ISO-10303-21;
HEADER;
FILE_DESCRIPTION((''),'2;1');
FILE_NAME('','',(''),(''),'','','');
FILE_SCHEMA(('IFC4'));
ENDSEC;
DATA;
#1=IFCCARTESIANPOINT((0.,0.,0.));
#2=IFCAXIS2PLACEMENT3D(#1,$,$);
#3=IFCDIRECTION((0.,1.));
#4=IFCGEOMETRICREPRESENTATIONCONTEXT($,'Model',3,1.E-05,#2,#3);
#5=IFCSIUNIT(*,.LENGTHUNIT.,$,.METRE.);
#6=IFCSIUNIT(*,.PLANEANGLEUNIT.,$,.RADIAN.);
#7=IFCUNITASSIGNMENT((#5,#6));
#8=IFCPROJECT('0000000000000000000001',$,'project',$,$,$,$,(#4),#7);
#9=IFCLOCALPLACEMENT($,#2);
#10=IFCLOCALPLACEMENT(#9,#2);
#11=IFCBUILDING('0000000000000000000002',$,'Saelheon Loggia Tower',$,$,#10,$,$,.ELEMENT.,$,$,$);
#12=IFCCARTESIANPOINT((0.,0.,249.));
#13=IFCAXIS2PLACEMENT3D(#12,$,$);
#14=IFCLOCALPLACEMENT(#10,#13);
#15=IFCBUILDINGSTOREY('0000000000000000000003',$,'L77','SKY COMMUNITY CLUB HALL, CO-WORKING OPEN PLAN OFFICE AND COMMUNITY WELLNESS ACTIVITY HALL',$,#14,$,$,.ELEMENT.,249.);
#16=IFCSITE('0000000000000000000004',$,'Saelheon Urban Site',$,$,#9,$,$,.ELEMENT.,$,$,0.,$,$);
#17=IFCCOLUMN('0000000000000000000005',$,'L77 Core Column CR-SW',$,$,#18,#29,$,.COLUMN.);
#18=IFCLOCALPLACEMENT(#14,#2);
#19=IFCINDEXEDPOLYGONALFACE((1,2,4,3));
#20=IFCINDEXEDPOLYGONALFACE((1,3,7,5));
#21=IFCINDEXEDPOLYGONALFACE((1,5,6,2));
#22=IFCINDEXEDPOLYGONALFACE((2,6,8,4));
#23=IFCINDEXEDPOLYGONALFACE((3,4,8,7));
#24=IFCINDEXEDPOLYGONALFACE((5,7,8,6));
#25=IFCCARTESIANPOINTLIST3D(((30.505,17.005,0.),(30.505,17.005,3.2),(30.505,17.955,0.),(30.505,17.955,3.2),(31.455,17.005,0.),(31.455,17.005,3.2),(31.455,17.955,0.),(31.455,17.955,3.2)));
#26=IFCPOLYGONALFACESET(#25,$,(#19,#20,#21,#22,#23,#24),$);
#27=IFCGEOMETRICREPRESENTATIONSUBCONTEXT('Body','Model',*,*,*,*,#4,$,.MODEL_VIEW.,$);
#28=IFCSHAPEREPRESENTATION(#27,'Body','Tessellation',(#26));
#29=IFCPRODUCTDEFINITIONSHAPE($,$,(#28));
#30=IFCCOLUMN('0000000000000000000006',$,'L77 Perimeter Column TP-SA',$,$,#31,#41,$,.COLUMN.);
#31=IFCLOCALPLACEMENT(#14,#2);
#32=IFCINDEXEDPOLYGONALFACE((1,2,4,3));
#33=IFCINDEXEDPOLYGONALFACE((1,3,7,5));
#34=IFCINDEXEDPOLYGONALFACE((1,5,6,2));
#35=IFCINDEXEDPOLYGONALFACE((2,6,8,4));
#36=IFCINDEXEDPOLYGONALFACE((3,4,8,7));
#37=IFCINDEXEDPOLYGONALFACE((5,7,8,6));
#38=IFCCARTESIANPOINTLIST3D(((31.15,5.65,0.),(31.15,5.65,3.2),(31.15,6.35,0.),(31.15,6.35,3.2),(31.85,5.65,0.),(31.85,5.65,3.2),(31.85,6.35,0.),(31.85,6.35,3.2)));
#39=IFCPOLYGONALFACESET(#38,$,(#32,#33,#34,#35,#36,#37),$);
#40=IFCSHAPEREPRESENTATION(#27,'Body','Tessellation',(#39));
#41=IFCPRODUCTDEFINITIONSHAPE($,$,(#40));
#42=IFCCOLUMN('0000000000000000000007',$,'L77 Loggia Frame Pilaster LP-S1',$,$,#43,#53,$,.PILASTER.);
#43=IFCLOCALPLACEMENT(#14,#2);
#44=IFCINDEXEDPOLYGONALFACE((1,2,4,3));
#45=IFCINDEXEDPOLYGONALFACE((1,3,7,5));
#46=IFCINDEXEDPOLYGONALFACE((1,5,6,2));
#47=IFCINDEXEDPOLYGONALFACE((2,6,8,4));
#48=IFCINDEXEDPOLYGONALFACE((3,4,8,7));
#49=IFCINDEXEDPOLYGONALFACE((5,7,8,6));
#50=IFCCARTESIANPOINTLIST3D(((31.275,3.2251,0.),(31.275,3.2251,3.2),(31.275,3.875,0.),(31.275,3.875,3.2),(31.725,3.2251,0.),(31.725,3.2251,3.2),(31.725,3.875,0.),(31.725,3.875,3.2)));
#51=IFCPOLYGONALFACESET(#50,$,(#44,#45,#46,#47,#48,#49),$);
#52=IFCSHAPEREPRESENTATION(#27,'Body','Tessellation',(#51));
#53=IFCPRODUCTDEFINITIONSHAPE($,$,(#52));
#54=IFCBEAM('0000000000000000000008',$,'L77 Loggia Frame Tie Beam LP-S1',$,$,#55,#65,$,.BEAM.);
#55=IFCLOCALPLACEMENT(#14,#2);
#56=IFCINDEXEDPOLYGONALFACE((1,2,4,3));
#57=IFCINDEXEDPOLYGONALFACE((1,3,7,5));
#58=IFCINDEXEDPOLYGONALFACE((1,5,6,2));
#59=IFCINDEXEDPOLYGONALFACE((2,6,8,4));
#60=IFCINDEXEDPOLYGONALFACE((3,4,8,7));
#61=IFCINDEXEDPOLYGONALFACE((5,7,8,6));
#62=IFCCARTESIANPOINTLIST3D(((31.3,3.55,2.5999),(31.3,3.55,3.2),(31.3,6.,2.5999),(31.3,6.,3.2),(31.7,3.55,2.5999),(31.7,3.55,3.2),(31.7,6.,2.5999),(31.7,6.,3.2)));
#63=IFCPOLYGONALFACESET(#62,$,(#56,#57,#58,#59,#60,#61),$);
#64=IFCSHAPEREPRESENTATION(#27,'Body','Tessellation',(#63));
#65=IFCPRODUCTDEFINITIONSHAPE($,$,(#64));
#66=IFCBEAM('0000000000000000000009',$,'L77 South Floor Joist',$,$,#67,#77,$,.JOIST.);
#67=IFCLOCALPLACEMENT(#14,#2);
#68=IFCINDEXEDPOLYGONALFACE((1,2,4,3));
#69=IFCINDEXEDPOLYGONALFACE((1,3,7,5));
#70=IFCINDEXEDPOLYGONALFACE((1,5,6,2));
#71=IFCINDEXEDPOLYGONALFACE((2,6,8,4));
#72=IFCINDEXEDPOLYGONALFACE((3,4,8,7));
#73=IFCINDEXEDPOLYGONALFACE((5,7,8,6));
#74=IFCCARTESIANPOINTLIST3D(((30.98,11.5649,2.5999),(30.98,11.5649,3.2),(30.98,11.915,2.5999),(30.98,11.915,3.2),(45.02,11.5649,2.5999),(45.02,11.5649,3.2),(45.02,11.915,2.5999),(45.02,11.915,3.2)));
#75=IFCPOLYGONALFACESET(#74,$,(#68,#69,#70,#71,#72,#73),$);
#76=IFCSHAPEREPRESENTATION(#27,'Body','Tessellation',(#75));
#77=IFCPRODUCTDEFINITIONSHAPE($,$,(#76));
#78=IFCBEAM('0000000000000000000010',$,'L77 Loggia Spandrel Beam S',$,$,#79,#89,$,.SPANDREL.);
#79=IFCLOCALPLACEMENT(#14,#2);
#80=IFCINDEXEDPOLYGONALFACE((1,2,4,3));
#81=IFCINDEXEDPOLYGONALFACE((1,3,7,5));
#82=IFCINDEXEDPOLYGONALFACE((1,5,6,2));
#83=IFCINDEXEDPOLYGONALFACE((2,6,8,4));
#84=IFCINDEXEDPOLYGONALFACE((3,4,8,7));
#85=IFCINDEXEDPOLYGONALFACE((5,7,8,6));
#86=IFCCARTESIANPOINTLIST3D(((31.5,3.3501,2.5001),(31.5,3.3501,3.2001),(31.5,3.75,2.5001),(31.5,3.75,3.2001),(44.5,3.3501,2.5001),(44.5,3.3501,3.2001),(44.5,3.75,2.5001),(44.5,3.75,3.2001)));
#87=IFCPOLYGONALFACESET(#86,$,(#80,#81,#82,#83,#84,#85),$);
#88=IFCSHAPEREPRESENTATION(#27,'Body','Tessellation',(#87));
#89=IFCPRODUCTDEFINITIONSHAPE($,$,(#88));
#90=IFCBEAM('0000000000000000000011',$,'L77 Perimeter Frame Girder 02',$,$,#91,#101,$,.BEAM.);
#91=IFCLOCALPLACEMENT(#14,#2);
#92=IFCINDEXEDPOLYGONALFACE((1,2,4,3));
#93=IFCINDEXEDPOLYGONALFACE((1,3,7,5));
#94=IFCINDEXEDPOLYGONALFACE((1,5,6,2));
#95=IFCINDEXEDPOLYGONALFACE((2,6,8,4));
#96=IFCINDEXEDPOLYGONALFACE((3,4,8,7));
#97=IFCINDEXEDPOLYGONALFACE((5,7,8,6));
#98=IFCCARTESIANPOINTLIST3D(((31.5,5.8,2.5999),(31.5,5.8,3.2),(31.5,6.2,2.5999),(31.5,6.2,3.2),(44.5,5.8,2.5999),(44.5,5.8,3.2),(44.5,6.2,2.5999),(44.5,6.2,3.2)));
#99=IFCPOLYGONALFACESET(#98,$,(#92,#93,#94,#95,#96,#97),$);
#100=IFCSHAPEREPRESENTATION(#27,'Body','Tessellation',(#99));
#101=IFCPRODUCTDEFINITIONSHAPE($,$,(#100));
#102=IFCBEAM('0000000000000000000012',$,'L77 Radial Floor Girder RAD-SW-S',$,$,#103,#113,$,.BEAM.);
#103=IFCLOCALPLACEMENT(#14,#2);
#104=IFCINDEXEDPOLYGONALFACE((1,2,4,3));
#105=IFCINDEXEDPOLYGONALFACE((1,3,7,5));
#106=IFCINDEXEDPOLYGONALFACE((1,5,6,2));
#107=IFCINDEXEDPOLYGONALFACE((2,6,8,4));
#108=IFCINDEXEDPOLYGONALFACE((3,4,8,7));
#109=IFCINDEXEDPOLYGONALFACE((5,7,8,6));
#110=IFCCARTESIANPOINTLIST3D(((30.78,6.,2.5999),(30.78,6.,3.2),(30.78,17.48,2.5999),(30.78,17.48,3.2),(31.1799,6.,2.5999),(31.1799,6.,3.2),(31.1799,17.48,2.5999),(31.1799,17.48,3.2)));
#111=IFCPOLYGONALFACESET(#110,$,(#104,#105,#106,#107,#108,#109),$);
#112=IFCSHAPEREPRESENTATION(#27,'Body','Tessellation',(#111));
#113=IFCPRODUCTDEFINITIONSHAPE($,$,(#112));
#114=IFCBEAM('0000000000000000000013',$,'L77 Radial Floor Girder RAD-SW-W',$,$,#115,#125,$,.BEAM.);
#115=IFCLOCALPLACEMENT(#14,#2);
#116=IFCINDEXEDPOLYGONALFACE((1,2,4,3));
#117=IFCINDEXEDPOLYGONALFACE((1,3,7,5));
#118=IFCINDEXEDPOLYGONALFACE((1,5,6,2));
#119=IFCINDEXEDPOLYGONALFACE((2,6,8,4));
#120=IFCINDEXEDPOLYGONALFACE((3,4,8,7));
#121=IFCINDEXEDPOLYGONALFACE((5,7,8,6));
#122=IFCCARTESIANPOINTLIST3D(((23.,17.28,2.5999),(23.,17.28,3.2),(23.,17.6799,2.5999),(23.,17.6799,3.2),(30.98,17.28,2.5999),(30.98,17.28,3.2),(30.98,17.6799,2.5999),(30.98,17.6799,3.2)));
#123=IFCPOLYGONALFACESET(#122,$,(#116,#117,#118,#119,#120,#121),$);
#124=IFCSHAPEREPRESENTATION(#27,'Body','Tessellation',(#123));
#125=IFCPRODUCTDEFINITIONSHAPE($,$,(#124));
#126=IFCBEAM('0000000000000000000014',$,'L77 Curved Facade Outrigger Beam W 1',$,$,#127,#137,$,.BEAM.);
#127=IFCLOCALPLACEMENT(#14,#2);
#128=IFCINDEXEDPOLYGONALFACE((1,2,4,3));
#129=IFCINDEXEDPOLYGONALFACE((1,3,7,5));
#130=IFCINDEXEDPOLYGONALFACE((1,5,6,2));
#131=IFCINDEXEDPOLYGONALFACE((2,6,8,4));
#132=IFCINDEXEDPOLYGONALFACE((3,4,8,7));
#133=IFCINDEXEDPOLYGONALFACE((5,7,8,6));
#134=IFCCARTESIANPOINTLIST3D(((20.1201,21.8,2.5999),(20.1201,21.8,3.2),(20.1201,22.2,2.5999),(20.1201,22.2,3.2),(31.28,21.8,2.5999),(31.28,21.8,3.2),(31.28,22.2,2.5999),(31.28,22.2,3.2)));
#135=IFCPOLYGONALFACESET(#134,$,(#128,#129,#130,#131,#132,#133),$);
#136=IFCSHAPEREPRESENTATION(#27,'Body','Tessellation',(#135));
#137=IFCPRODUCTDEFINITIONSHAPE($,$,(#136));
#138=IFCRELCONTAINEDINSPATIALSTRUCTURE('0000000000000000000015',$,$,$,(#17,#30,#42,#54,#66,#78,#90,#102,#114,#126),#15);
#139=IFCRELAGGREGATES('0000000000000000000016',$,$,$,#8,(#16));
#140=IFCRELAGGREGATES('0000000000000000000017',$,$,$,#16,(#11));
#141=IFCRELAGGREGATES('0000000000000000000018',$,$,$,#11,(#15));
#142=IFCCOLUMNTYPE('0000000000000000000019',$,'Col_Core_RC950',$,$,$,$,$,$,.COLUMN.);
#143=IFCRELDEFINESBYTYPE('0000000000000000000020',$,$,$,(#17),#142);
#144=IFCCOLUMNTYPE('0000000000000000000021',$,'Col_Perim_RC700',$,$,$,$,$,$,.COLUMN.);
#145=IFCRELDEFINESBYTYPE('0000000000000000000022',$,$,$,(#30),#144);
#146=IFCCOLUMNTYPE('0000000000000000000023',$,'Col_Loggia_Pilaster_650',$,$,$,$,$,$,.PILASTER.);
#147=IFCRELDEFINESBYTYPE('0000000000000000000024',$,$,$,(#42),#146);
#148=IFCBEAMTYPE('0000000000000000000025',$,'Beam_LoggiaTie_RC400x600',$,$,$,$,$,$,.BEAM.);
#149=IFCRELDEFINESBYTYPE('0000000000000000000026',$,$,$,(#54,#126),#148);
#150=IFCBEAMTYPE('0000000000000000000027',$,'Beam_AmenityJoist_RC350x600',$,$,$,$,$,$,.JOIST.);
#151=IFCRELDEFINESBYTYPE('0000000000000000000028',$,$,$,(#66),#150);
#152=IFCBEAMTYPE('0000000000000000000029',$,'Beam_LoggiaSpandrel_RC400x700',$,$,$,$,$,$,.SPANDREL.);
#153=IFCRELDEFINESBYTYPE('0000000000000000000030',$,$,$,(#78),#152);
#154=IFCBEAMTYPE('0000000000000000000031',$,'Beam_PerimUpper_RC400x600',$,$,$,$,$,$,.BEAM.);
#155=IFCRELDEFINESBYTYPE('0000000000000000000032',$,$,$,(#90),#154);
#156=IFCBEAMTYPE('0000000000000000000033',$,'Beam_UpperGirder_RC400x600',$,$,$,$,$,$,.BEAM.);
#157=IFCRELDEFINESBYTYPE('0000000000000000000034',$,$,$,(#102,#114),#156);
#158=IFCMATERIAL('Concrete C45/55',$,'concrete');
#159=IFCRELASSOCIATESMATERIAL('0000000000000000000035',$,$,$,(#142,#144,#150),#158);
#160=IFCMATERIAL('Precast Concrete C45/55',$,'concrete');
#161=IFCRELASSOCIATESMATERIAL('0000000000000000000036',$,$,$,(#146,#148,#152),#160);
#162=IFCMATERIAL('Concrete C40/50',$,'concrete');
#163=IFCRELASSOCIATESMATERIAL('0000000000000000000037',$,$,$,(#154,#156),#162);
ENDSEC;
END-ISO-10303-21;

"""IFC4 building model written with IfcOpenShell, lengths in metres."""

from ifc_helpers import new_model, si_unit, direction, frame, origin, origin_2d, place, context, subcontext, project, spatial, rectangle, extrude, source, transform, mapped, material, material_profile, profile_set, type_object, element, save


model = new_model("IFC4")

# Units and contexts
model_context = context("Model", 3, precision=1e-05, world=origin(), true_north=direction((0.0, 1.0)))
body_context = subcontext(model_context, "Body", "Model", "MODEL_VIEW")
ifc_project = project(units=[si_unit("LENGTHUNIT", "METRE"), si_unit("PLANEANGLEUNIT", "RADIAN")], contexts=[model_context])

# Site, building, storey
site_placement = place(None, origin())
site = spatial("IfcSite", under=ifc_project, at=site_placement, Name="Saelheon Urban Site", CompositionType="ELEMENT", RefElevation=0.0)
building_placement = place(site_placement, origin())
building = spatial("IfcBuilding", under=site, at=building_placement, Name="Saelheon Loggia Tower", CompositionType="ELEMENT")
storey_placement = place(building_placement, frame((0.0, 0.0, 249.0)))
storey = spatial("IfcBuildingStorey", under=building, at=storey_placement, Name="L77", Description="SKY COMMUNITY CLUB HALL, CO-WORKING OPEN PLAN OFFICE AND COMMUNITY WELLNESS ACTIVITY HALL", CompositionType="ELEMENT", Elevation=249.0)

# Columns
ifc_material_1 = material(Name="Concrete C45/55", Category="concrete")
ifc_material_profile_1 = material_profile(ifc_material_1, rectangle(XDim=0.95, YDim=0.95, at=origin_2d()), Name="RC-950x950")
ifc_profile_set_1 = profile_set([ifc_material_profile_1], Name="Concrete C45/55")
column_type_1 = type_object("IfcColumnType", Name="Col_Core_RC950", PredefinedType="COLUMN", material=ifc_profile_set_1)
shared_shape_1 = source(origin(), body_context, "Body", "SweptSolid", [
    extrude(rectangle(XDim=0.95, YDim=0.95, at=origin_2d()), origin(), (0.0, 0.0, 1.0), 3.2),
])
column_1_placement = place(storey_placement, frame((30.98, 17.48, 0.0), z_axis=(0.0, 0.0, 1.0), x_axis=(1.0, 0.0, 0.0)))
element("IfcColumn", 1, at=column_1_placement, inside=storey, type_object=column_type_1, Name="L77 Core Column CR-SW", PredefinedType="COLUMN", context=body_context, shape_type="MappedRepresentation", body=[
    mapped(shared_shape_1, transform((0.0, 0.0, 0.0), scale=1.0)),
])
ifc_material_profile_2 = material_profile(ifc_material_1, rectangle(XDim=0.7, YDim=0.7, at=origin_2d()), Name="RC-700x700")
ifc_profile_set_2 = profile_set([ifc_material_profile_2], Name="Concrete C45/55")
column_type_2 = type_object("IfcColumnType", Name="Col_Perim_RC700", PredefinedType="COLUMN", material=ifc_profile_set_2)
shared_shape_2 = source(origin(), body_context, "Body", "SweptSolid", [
    extrude(rectangle(XDim=0.7, YDim=0.7, at=origin_2d()), origin(), (0.0, 0.0, 1.0), 3.2),
])
column_2_placement = place(storey_placement, frame((31.5, 6.0, 0.0), z_axis=(0.0, 0.0, 1.0), x_axis=(1.0, 0.0, 0.0)))
element("IfcColumn", 2, at=column_2_placement, inside=storey, type_object=column_type_2, Name="L77 Perimeter Column TP-SA", PredefinedType="COLUMN", context=body_context, shape_type="MappedRepresentation", body=[
    mapped(shared_shape_2, transform((0.0, 0.0, 0.0), scale=1.0)),
])
ifc_material_2 = material(Name="Precast Concrete C45/55", Category="concrete")
ifc_material_profile_3 = material_profile(ifc_material_2, rectangle(XDim=0.45, YDim=0.6499, at=origin_2d()), Name="RC-450x650")
ifc_profile_set_3 = profile_set([ifc_material_profile_3], Name="Precast Concrete C45/55")
column_type_3 = type_object("IfcColumnType", Name="Col_Loggia_Pilaster_650", PredefinedType="PILASTER", material=ifc_profile_set_3)
shared_shape_3 = source(origin(), body_context, "Body", "SweptSolid", [
    extrude(rectangle(XDim=0.45, YDim=0.6499, at=origin_2d()), origin(), (0.0, 0.0, 1.0), 3.2),
])
column_3_placement = place(storey_placement, frame((31.5, 3.55, 0.0), z_axis=(0.0, 0.0, 1.0), x_axis=(1.0, 0.0, 0.0)))
element("IfcColumn", 3, at=column_3_placement, inside=storey, type_object=column_type_3, Name="L77 Loggia Frame Pilaster LP-S1", PredefinedType="PILASTER", context=body_context, shape_type="MappedRepresentation", body=[
    mapped(shared_shape_3, transform((0.0, 0.0, 0.0), scale=1.0)),
])

# Beams
ifc_material_profile_4 = material_profile(ifc_material_2, rectangle(XDim=0.3999, YDim=0.6001, at=origin_2d()), Name="RC-400x600")
ifc_profile_set_4 = profile_set([ifc_material_profile_4], Name="Precast Concrete C45/55")
beam_type_1 = type_object("IfcBeamType", Name="Beam_LoggiaTie_RC400x600", PredefinedType="BEAM", material=ifc_profile_set_4)
shared_shape_4 = source(origin(), body_context, "Body", "SweptSolid", [
    extrude(rectangle(XDim=0.3999, YDim=0.6001, at=origin_2d()), origin(), (0.0, 0.0, 1.0), 2.45),
])
beam_1_placement = place(storey_placement, frame((31.5, 6.0, 2.8999), z_axis=(0.0, -1.0, 0.0), x_axis=(1.0, 0.0, 0.0)))
element("IfcBeam", 4, at=beam_1_placement, inside=storey, type_object=beam_type_1, Name="L77 Loggia Frame Tie Beam LP-S1", PredefinedType="BEAM", context=body_context, shape_type="MappedRepresentation", body=[
    mapped(shared_shape_4, transform((0.0, 0.0, 0.0), scale=1.0)),
])
ifc_material_profile_5 = material_profile(ifc_material_1, rectangle(XDim=0.3501, YDim=0.6001, at=origin_2d()), Name="RC-350x600")
ifc_profile_set_5 = profile_set([ifc_material_profile_5], Name="Concrete C45/55")
beam_type_2 = type_object("IfcBeamType", Name="Beam_AmenityJoist_RC350x600", PredefinedType="JOIST", material=ifc_profile_set_5)
shared_shape_5 = source(origin(), body_context, "Body", "SweptSolid", [
    extrude(rectangle(XDim=0.3501, YDim=0.6001, at=origin_2d()), origin(), (0.0, 0.0, 1.0), 14.04),
])
beam_2_placement = place(storey_placement, frame((30.98, 11.74, 2.8999), z_axis=(1.0, 0.0, 0.0), x_axis=(0.0, 1.0, 0.0)))
element("IfcBeam", 5, at=beam_2_placement, inside=storey, type_object=beam_type_2, Name="L77 South Floor Joist", PredefinedType="JOIST", context=body_context, shape_type="MappedRepresentation", body=[
    mapped(shared_shape_5, transform((0.0, 0.0, 0.0), scale=1.0)),
])
ifc_material_profile_6 = material_profile(ifc_material_2, rectangle(XDim=0.3999, YDim=0.7, at=origin_2d()), Name="RC-400x700")
ifc_profile_set_6 = profile_set([ifc_material_profile_6], Name="Precast Concrete C45/55")
beam_type_3 = type_object("IfcBeamType", Name="Beam_LoggiaSpandrel_RC400x700", PredefinedType="SPANDREL", material=ifc_profile_set_6)
shared_shape_6 = source(origin(), body_context, "Body", "SweptSolid", [
    extrude(rectangle(XDim=0.3999, YDim=0.7, at=origin_2d()), origin(), (0.0, 0.0, 1.0), 13.0),
])
beam_3_placement = place(storey_placement, frame((31.5, 3.55, 2.8501), z_axis=(1.0, 0.0, 0.0), x_axis=(0.0, 1.0, 0.0)))
element("IfcBeam", 6, at=beam_3_placement, inside=storey, type_object=beam_type_3, Name="L77 Loggia Spandrel Beam S", PredefinedType="SPANDREL", context=body_context, shape_type="MappedRepresentation", body=[
    mapped(shared_shape_6, transform((0.0, 0.0, 0.0), scale=1.0)),
])
ifc_material_3 = material(Name="Concrete C40/50", Category="concrete")
ifc_material_profile_7 = material_profile(ifc_material_3, rectangle(XDim=0.3999, YDim=0.6001, at=origin_2d()), Name="RC-400x600")
ifc_profile_set_7 = profile_set([ifc_material_profile_7], Name="Concrete C40/50")
beam_type_4 = type_object("IfcBeamType", Name="Beam_PerimUpper_RC400x600", PredefinedType="BEAM", material=ifc_profile_set_7)
shared_shape_7 = source(origin(), body_context, "Body", "SweptSolid", [
    extrude(rectangle(XDim=0.3999, YDim=0.6001, at=origin_2d()), origin(), (0.0, 0.0, 1.0), 13.0),
])
beam_4_placement = place(storey_placement, frame((31.5, 6.0, 2.8999), z_axis=(1.0, 0.0, 0.0), x_axis=(0.0, 1.0, 0.0)))
element("IfcBeam", 7, at=beam_4_placement, inside=storey, type_object=beam_type_4, Name="L77 Perimeter Frame Girder 02", PredefinedType="BEAM", context=body_context, shape_type="MappedRepresentation", body=[
    mapped(shared_shape_7, transform((0.0, 0.0, 0.0), scale=1.0)),
])
ifc_material_profile_8 = material_profile(ifc_material_3, rectangle(XDim=0.3999, YDim=0.6001, at=origin_2d()), Name="RC-400x600")
ifc_profile_set_8 = profile_set([ifc_material_profile_8], Name="Concrete C40/50")
beam_type_5 = type_object("IfcBeamType", Name="Beam_UpperGirder_RC400x600", PredefinedType="BEAM", material=ifc_profile_set_8)
shared_shape_8 = source(origin(), body_context, "Body", "SweptSolid", [
    extrude(rectangle(XDim=0.3999, YDim=0.6001, at=origin_2d()), origin(), (0.0, 0.0, 1.0), 11.48),
])
beam_5_placement = place(storey_placement, frame((30.98, 17.48, 2.8999), z_axis=(0.0, -1.0, 0.0), x_axis=(1.0, 0.0, 0.0)))
element("IfcBeam", 8, at=beam_5_placement, inside=storey, type_object=beam_type_5, Name="L77 Radial Floor Girder RAD-SW-S", PredefinedType="BEAM", context=body_context, shape_type="MappedRepresentation", body=[
    mapped(shared_shape_8, transform((0.0, 0.0, 0.0), scale=1.0)),
])
shared_shape_9 = source(origin(), body_context, "Body", "SweptSolid", [
    extrude(rectangle(XDim=0.3999, YDim=0.6001, at=origin_2d()), origin(), (0.0, 0.0, 1.0), 7.98),
])
beam_6_placement = place(storey_placement, frame((30.98, 17.48, 2.8999), z_axis=(-1.0, 0.0, 0.0), x_axis=(0.0, -1.0, 0.0)))
element("IfcBeam", 9, at=beam_6_placement, inside=storey, type_object=beam_type_5, Name="L77 Radial Floor Girder RAD-SW-W", PredefinedType="BEAM", context=body_context, shape_type="MappedRepresentation", body=[
    mapped(shared_shape_9, transform((0.0, 0.0, 0.0), scale=1.0)),
])
shared_shape_10 = source(origin(), body_context, "Body", "SweptSolid", [
    extrude(rectangle(XDim=0.3999, YDim=0.6001, at=origin_2d()), origin(), (0.0, 0.0, 1.0), 11.1599),
])
beam_7_placement = place(storey_placement, frame((31.28, 22.0, 2.8999), z_axis=(-1.0, 0.0, 0.0), x_axis=(0.0, -1.0, 0.0)))
element("IfcBeam", 10, at=beam_7_placement, inside=storey, type_object=beam_type_1, Name="L77 Curved Facade Outrigger Beam W 1", PredefinedType="BEAM", context=body_context, shape_type="MappedRepresentation", body=[
    mapped(shared_shape_10, transform((0.0, 0.0, 0.0), scale=1.0)),
])

save(model, "model.ifc")
